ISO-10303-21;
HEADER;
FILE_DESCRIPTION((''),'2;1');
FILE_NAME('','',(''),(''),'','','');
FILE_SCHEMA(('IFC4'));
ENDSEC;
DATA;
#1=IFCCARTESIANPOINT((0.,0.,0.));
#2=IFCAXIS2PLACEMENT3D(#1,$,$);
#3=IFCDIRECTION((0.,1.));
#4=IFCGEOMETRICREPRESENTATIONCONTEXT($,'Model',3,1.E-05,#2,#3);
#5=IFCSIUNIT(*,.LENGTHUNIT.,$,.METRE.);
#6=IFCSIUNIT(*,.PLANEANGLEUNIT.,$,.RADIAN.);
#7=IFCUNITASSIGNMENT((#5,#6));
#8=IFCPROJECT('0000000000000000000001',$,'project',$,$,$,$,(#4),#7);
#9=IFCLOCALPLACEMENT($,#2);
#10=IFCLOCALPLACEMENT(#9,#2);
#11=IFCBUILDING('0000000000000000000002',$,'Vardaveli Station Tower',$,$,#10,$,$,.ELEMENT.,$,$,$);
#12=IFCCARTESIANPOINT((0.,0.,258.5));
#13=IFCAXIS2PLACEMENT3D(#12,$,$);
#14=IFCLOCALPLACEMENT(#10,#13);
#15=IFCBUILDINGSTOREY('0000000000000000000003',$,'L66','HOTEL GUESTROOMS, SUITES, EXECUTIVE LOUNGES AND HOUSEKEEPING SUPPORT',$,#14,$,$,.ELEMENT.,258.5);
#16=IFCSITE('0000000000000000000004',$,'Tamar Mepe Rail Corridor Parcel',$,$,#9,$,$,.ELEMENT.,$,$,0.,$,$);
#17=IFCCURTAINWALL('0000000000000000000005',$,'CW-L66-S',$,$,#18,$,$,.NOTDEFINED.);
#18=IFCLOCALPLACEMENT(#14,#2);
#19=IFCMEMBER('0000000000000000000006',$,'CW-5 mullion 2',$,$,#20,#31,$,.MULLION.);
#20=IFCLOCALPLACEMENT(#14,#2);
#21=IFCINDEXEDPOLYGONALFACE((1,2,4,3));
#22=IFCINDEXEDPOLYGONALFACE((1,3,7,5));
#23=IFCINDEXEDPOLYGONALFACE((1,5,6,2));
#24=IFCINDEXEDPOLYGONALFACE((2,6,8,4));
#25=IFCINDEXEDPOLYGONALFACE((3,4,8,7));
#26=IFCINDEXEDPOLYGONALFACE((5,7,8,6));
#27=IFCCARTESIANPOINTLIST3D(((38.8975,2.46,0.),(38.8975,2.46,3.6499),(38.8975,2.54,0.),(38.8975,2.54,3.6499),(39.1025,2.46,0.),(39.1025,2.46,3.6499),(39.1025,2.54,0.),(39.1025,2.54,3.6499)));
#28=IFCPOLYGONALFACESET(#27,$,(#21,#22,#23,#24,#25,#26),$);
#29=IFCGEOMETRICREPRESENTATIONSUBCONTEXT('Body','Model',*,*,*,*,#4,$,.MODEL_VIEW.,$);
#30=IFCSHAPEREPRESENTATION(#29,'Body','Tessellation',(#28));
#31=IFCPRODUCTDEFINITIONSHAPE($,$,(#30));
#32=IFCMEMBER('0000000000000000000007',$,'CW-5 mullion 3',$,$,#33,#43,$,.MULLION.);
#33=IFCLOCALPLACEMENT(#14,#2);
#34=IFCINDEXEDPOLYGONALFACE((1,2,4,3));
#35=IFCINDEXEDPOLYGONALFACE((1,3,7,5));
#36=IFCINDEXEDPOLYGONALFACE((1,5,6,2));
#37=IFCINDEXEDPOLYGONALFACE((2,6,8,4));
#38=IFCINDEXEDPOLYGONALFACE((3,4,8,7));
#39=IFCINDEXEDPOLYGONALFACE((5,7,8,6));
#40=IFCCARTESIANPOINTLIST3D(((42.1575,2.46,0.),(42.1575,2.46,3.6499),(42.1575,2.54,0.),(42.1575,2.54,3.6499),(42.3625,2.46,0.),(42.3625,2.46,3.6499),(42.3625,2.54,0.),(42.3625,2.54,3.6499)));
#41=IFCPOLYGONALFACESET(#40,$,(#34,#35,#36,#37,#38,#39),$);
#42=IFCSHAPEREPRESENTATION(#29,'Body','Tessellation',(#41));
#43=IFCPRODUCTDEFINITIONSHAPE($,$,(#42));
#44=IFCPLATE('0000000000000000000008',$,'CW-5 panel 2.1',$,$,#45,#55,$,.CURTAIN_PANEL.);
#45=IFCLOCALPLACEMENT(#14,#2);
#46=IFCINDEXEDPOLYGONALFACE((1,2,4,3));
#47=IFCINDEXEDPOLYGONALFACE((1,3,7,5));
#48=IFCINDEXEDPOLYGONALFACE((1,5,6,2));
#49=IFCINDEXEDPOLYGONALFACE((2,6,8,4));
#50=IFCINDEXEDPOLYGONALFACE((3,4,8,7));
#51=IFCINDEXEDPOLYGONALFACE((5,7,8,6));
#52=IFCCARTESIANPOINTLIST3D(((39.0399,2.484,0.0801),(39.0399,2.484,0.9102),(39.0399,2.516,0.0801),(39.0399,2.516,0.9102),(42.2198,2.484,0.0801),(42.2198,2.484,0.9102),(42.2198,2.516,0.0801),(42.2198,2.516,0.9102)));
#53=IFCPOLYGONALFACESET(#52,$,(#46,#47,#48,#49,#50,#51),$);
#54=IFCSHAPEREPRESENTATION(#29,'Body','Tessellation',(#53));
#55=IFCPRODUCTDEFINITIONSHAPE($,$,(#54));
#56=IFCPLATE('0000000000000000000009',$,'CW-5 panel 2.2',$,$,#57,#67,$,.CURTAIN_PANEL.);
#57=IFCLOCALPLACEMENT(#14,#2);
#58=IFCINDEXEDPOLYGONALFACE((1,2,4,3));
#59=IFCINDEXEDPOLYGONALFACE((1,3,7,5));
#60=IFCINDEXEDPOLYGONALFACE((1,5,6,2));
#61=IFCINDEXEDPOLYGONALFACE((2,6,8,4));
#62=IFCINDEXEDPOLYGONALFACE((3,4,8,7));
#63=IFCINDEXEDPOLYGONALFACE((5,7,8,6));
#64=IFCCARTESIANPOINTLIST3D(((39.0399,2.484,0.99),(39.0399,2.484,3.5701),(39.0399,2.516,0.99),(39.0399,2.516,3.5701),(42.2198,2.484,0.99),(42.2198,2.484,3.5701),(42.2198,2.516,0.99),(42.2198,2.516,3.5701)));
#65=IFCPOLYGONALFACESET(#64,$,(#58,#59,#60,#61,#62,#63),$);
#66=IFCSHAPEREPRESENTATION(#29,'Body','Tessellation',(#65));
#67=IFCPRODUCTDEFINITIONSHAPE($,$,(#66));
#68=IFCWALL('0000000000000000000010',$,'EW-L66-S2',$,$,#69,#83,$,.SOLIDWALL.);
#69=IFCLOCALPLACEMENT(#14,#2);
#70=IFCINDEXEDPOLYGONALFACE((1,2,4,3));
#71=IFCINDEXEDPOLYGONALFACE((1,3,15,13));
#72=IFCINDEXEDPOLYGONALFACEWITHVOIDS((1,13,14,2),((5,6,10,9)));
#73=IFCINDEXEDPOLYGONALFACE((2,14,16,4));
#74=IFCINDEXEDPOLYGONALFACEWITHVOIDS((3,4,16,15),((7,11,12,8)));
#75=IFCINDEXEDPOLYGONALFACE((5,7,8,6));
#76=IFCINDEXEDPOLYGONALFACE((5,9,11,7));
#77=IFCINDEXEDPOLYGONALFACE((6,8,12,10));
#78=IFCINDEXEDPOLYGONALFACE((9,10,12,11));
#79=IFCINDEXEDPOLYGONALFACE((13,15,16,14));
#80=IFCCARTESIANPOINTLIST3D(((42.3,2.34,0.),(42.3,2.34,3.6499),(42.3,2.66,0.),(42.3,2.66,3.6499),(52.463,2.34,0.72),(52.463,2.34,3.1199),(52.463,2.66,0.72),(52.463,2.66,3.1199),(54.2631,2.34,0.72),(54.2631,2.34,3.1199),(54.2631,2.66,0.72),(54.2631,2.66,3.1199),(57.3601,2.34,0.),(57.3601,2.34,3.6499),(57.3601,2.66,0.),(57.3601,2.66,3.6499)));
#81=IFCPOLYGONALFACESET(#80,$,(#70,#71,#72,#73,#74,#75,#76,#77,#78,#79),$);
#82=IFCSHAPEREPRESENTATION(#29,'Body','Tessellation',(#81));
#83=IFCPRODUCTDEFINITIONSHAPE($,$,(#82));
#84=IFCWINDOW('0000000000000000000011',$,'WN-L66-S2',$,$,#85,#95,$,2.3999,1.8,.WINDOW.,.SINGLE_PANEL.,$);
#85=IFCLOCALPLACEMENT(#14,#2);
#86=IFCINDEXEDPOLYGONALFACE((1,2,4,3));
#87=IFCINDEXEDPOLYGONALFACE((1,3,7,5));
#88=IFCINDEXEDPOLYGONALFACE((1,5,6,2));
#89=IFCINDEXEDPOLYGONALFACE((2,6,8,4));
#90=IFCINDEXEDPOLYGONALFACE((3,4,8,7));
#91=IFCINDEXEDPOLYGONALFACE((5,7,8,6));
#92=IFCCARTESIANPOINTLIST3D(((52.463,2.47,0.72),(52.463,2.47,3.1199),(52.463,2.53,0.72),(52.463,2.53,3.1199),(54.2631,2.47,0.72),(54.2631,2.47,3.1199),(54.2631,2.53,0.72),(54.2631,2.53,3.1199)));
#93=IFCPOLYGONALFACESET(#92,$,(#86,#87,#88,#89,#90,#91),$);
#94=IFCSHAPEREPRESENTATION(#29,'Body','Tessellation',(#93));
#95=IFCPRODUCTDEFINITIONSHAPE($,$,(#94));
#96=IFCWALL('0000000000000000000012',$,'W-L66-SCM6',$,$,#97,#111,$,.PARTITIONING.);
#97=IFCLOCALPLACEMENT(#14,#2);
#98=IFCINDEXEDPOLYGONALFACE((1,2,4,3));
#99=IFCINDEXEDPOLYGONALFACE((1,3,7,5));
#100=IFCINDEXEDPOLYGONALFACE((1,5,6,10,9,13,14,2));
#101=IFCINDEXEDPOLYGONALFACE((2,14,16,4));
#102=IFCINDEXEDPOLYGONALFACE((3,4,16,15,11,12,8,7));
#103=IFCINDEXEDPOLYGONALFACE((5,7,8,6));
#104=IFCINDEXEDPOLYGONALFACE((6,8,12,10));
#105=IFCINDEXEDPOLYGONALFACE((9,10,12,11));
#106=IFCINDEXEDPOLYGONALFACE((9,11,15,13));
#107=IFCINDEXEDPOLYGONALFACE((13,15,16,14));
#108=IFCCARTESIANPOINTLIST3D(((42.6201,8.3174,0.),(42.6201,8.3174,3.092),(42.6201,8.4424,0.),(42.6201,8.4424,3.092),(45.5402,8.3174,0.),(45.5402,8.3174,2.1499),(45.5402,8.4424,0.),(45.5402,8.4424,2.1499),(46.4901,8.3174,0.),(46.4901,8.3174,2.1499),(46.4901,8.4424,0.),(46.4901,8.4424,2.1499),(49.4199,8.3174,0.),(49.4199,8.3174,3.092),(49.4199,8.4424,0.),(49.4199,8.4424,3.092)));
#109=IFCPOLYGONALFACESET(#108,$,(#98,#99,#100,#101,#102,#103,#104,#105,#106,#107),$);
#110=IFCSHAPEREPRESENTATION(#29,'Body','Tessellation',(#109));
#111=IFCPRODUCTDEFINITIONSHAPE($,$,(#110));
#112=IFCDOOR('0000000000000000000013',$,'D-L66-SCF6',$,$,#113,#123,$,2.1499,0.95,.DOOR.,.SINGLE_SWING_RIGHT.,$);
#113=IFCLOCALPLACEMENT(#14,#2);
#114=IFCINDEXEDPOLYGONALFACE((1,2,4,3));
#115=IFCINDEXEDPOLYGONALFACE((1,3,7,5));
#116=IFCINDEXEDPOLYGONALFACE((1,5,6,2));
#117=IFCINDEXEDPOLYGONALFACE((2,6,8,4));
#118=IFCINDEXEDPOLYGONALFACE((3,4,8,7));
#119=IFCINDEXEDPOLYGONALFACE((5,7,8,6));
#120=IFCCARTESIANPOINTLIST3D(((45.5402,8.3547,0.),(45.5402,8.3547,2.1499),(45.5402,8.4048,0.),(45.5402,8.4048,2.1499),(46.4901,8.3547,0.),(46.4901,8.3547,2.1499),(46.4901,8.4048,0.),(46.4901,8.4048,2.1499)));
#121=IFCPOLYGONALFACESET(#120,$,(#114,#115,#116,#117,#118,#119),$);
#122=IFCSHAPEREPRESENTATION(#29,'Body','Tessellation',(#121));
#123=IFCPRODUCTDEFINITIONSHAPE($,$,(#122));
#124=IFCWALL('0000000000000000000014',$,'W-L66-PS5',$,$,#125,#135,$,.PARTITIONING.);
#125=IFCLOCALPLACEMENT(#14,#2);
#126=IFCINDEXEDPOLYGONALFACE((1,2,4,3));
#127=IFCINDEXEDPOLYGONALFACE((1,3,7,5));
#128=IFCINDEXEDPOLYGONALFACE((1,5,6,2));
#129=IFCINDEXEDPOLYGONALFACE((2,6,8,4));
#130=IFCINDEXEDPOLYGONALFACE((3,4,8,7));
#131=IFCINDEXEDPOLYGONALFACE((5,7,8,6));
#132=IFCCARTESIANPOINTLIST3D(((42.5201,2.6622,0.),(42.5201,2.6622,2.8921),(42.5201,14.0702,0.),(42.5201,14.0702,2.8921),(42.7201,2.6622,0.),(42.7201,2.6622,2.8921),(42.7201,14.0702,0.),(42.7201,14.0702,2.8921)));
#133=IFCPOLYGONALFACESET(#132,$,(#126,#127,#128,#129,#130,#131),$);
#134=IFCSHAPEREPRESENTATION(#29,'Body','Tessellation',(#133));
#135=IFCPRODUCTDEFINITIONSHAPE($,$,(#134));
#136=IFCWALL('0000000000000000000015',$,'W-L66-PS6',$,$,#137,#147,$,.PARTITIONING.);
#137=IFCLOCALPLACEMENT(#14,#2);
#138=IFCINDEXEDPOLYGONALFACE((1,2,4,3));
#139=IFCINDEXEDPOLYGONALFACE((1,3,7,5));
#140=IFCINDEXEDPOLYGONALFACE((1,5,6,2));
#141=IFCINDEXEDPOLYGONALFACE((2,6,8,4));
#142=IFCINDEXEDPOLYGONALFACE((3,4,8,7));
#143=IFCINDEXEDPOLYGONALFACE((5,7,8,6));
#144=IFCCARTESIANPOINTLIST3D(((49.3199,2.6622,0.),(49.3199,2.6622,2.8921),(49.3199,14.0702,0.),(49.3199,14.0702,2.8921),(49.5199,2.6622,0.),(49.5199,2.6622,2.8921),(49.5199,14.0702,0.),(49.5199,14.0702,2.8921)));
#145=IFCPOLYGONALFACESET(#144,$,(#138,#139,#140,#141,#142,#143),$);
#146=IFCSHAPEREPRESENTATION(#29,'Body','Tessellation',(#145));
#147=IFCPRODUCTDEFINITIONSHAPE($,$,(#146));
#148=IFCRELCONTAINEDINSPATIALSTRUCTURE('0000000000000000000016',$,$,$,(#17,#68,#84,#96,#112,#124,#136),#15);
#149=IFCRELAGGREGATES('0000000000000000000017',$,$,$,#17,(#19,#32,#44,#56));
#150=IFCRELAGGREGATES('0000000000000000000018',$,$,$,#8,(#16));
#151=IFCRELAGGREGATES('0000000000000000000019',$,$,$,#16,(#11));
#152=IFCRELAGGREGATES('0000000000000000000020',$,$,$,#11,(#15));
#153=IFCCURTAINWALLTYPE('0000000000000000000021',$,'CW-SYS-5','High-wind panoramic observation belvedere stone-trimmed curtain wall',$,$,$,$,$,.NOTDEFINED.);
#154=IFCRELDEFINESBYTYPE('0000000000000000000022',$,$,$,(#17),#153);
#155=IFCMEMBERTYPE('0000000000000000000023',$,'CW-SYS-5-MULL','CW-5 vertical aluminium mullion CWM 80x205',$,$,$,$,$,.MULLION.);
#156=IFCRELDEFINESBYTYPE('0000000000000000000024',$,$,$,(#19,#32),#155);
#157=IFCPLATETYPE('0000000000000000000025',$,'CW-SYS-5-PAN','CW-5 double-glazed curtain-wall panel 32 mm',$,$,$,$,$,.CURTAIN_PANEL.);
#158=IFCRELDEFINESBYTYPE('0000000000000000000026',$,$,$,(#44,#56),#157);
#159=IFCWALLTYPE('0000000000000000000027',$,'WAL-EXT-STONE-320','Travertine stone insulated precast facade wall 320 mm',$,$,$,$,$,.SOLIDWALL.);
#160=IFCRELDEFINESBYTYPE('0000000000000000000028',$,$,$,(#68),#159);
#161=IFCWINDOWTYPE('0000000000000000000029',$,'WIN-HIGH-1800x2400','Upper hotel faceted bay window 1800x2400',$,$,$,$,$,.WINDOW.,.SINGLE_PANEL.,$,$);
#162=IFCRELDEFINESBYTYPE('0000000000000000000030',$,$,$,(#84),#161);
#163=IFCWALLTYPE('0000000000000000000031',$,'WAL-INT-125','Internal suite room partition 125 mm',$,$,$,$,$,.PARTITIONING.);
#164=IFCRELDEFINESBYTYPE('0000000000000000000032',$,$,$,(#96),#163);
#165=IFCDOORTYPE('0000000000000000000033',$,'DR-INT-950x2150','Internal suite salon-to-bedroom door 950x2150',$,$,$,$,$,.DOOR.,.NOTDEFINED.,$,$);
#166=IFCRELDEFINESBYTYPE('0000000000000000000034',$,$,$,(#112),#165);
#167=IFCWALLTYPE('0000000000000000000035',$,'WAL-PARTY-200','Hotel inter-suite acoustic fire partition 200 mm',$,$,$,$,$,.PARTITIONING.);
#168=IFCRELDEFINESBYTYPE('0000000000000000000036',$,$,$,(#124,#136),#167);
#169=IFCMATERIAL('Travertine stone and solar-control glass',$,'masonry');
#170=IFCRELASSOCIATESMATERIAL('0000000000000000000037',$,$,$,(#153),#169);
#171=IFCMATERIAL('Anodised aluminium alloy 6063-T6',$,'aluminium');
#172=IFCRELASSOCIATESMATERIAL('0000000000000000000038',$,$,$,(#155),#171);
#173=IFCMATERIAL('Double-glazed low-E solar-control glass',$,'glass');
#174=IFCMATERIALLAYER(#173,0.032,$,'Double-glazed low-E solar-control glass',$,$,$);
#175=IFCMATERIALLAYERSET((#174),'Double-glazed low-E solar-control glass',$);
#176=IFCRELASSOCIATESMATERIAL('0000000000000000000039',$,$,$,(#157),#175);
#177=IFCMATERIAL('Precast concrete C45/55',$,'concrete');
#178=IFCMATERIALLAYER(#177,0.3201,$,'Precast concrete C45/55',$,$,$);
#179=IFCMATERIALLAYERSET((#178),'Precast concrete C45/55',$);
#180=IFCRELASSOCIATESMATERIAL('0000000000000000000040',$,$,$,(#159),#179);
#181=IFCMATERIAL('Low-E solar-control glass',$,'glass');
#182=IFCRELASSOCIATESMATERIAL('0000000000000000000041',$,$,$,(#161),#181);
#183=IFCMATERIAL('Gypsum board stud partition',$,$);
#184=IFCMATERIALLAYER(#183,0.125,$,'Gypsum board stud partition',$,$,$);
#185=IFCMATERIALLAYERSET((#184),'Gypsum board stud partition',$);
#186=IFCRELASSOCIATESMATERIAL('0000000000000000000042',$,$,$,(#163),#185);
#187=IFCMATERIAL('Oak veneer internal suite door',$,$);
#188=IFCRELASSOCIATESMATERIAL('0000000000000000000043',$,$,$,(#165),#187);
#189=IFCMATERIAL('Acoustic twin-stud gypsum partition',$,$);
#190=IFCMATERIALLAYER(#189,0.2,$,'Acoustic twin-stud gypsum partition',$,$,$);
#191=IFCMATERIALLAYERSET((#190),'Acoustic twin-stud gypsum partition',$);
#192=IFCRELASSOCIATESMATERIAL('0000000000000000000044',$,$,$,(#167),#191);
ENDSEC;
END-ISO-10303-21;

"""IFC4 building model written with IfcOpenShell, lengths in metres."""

from ifc_helpers import new_model, si_unit, direction, frame, frame_2d, origin, origin_2d, place, context, subcontext, project, spatial, rectangle, extrude, source, transform, mapped, material, layer, layer_set, material_profile, profile_set, type_object, element, fill, aggregate, save


model = new_model("IFC4")

# Units and contexts
model_context = context("Model", 3, precision=1e-05, world=origin(), true_north=direction((0.0, 1.0)))
body_context = subcontext(model_context, "Body", "Model", "MODEL_VIEW")
ifc_project = project(units=[si_unit("LENGTHUNIT", "METRE"), si_unit("PLANEANGLEUNIT", "RADIAN")], contexts=[model_context])

# Site, building, storey
site_placement = place(None, origin())
site = spatial("IfcSite", under=ifc_project, at=site_placement, Name="Tamar Mepe Rail Corridor Parcel", CompositionType="ELEMENT", RefElevation=0.0)
building_placement = place(site_placement, origin())
building = spatial("IfcBuilding", under=site, at=building_placement, Name="Vardaveli Station Tower", CompositionType="ELEMENT")
storey_placement = place(building_placement, frame((0.0, 0.0, 258.5)))
storey = spatial("IfcBuildingStorey", under=building, at=storey_placement, Name="L66", Description="HOTEL GUESTROOMS, SUITES, EXECUTIVE LOUNGES AND HOUSEKEEPING SUPPORT", CompositionType="ELEMENT", Elevation=258.5)

# Shared definitions
ifc_material_1 = material(Name="Precast concrete C45/55", Category="concrete")

# Curtain wall, members, plates
ifc_material_2 = material(Name="Travertine stone and solar-control glass", Category="masonry")
curtain_wall_type = type_object("IfcCurtainWallType", Name="CW-SYS-5", Description="High-wind panoramic observation belvedere stone-trimmed curtain wall", PredefinedType="NOTDEFINED", material=ifc_material_2)
curtain_wall_placement = place(storey_placement, origin())
curtain_wall = element("IfcCurtainWall", 1, at=curtain_wall_placement, inside=storey, type_object=curtain_wall_type, Name="CW-L66-S", PredefinedType="NOTDEFINED")
ifc_material_3 = material(Name="Anodised aluminium alloy 6063-T6", Category="aluminium")
ifc_material_profile_1 = material_profile(ifc_material_3, rectangle(XDim=0.0801, YDim=0.2051, at=origin_2d()), Name="CWM 80x205")
ifc_profile_set_1 = profile_set([ifc_material_profile_1], Name="Anodised aluminium alloy 6063-T6")
member_type_1 = type_object("IfcMemberType", Name="CW-SYS-5-MULL", Description="CW-5 vertical aluminium mullion CWM 80x205", PredefinedType="MULLION", material=ifc_profile_set_1)
shared_shape_1 = source(origin(), body_context, "Body", "SweptSolid", [
    extrude(rectangle(XDim=0.0801, YDim=0.2051, at=origin_2d()), origin(), (0.0, 0.0, 1.0), 3.6499),
])
member_1_placement = place(storey_placement, frame((39.0, 2.5, 0.0), z_axis=(0.0, 0.0, 1.0), x_axis=(0.0, 1.0, 0.0)))
member_1 = element("IfcMember", 2, at=member_1_placement, type_object=member_type_1, Name="CW-5 mullion 2", PredefinedType="MULLION", context=body_context, shape_type="MappedRepresentation", body=[
    mapped(shared_shape_1, transform((0.0, 0.0, 0.0), scale=1.0)),
])
member_2_placement = place(storey_placement, frame((42.26, 2.5, 0.0), z_axis=(0.0, 0.0, 1.0), x_axis=(0.0, 1.0, 0.0)))
member_2 = element("IfcMember", 3, at=member_2_placement, type_object=member_type_1, Name="CW-5 mullion 3", PredefinedType="MULLION", context=body_context, shape_type="MappedRepresentation", body=[
    mapped(shared_shape_1, transform((0.0, 0.0, 0.0), scale=1.0)),
])
ifc_material_4 = material(Name="Double-glazed low-E solar-control glass", Category="glass")
ifc_layer_1 = layer(ifc_material_4, 0.032, Name="Double-glazed low-E solar-control glass")
ifc_layer_set_1 = layer_set([ifc_layer_1], Name="Double-glazed low-E solar-control glass")
plate_type = type_object("IfcPlateType", Name="CW-SYS-5-PAN", Description="CW-5 double-glazed curtain-wall panel 32 mm", PredefinedType="CURTAIN_PANEL", material=ifc_layer_set_1)
shared_shape_2 = source(origin(), body_context, "Body", "SweptSolid", [
    extrude(rectangle(XDim=3.1799, YDim=0.032, at=origin_2d()), origin(), (0.0, 0.0, 1.0), 0.8301),
])
plate_1_placement = place(storey_placement, frame((40.6299, 2.5, 0.0801), z_axis=(0.0, 0.0, 1.0), x_axis=(1.0, 0.0, 0.0)))
plate_1 = element("IfcPlate", 4, at=plate_1_placement, type_object=plate_type, Name="CW-5 panel 2.1", PredefinedType="CURTAIN_PANEL", context=body_context, shape_type="MappedRepresentation", body=[
    mapped(shared_shape_2, transform((0.0, 0.0, 0.0), scale=1.0)),
])
shared_shape_3 = source(origin(), body_context, "Body", "SweptSolid", [
    extrude(rectangle(XDim=3.1799, YDim=0.032, at=origin_2d()), origin(), (0.0, 0.0, 1.0), 2.5801),
])
plate_2_placement = place(storey_placement, frame((40.6299, 2.5, 0.99), z_axis=(0.0, 0.0, 1.0), x_axis=(1.0, 0.0, 0.0)))
plate_2 = element("IfcPlate", 5, at=plate_2_placement, type_object=plate_type, Name="CW-5 panel 2.2", PredefinedType="CURTAIN_PANEL", context=body_context, shape_type="MappedRepresentation", body=[
    mapped(shared_shape_3, transform((0.0, 0.0, 0.0), scale=1.0)),
])
aggregate(curtain_wall, [member_1, member_2, plate_1, plate_2])

# Wall, opening, window
ifc_layer_2 = layer(ifc_material_1, 0.3201, Name="Precast concrete C45/55")
ifc_layer_set_2 = layer_set([ifc_layer_2], Name="Precast concrete C45/55")
wall_type_1 = type_object("IfcWallType", Name="WAL-EXT-STONE-320", Description="Travertine stone insulated precast facade wall 320 mm", PredefinedType="SOLIDWALL", material=ifc_layer_set_2)
shared_shape_4 = source(origin(), body_context, "Body", "SweptSolid", [
    extrude(rectangle(XDim=15.0601, YDim=0.3201, at=frame_2d((7.53, 0.0))), origin(), (0.0, 0.0, 1.0), 3.6499),
])
wall_1_placement = place(storey_placement, frame((42.3, 2.5, 0.0), z_axis=(0.0, 0.0, 1.0), x_axis=(1.0, 0.0, 0.0)))
wall_1 = element("IfcWall", 6, at=wall_1_placement, inside=storey, type_object=wall_type_1, Name="EW-L66-S2", PredefinedType="SOLIDWALL", context=body_context, shape_type="MappedRepresentation", body=[
    mapped(shared_shape_4, transform((0.0, 0.0, 0.0), scale=1.0)),
])
shared_shape_5 = source(origin(), body_context, "Body", "SweptSolid", [
    extrude(rectangle(XDim=1.8, YDim=2.3999, at=frame_2d((0.8999, 1.2))), frame((0.0, 0.1699, 0.0), z_axis=(0.0, -1.0, 0.0), x_axis=(1.0, 0.0, 0.0)), (0.0, 0.0, 1.0), 0.3401),
])
opening_1_placement = place(wall_1_placement, frame((10.1631, 0.0, 0.72)))
opening_1 = element("IfcOpeningElement", 7, at=opening_1_placement, cuts=wall_1, PredefinedType="OPENING", context=body_context, shape_type="MappedRepresentation", body=[
    mapped(shared_shape_5, transform((0.0, 0.0, 0.0), scale=1.0)),
])
ifc_material_5 = material(Name="Low-E solar-control glass", Category="glass")
window_type = type_object("IfcWindowType", Name="WIN-HIGH-1800x2400", Description="Upper hotel faceted bay window 1800x2400", PartitioningType="SINGLE_PANEL", PredefinedType="WINDOW", material=ifc_material_5)
shared_shape_6 = source(origin(), body_context, "Body", "SweptSolid", [
    extrude(rectangle(XDim=1.8, YDim=2.3999, at=frame_2d((0.8999, 1.2))), frame((0.0, 0.03, 0.0), z_axis=(0.0, -1.0, 0.0), x_axis=(1.0, 0.0, 0.0)), (0.0, 0.0, 1.0), 0.0601),
])
window_placement = place(opening_1_placement, origin())
window = element("IfcWindow", 8, at=window_placement, inside=storey, type_object=window_type, Name="WN-L66-S2", OverallHeight=2.3999, OverallWidth=1.8, PartitioningType="SINGLE_PANEL", PredefinedType="WINDOW", context=body_context, shape_type="MappedRepresentation", body=[
    mapped(shared_shape_6, transform((0.0, 0.0, 0.0), scale=1.0)),
])
fill(opening_1, window)

# Wall, opening, door
ifc_material_6 = material(Name="Gypsum board stud partition")
ifc_layer_3 = layer(ifc_material_6, 0.125, Name="Gypsum board stud partition")
ifc_layer_set_3 = layer_set([ifc_layer_3], Name="Gypsum board stud partition")
wall_type_2 = type_object("IfcWallType", Name="WAL-INT-125", Description="Internal suite room partition 125 mm", PredefinedType="PARTITIONING", material=ifc_layer_set_3)
shared_shape_7 = source(origin(), body_context, "Body", "SweptSolid", [
    extrude(rectangle(XDim=6.7998, YDim=0.125, at=frame_2d((3.3999, 0.0))), origin(), (0.0, 0.0, 1.0), 3.092),
])
wall_2_placement = place(storey_placement, frame((42.6201, 8.3799, 0.0), z_axis=(0.0, 0.0, 1.0), x_axis=(1.0, 0.0, 0.0)))
wall_2 = element("IfcWall", 9, at=wall_2_placement, inside=storey, type_object=wall_type_2, Name="W-L66-SCM6", PredefinedType="PARTITIONING", context=body_context, shape_type="MappedRepresentation", body=[
    mapped(shared_shape_7, transform((0.0, 0.0, 0.0), scale=1.0)),
])
shared_shape_8 = source(origin(), body_context, "Body", "SweptSolid", [
    extrude(rectangle(XDim=0.95, YDim=2.1499, at=frame_2d((0.4751, 1.075))), frame((0.0, 0.0725, 0.0), z_axis=(0.0, -1.0, 0.0), x_axis=(1.0, 0.0, 0.0)), (0.0, 0.0, 1.0), 0.145),
])
opening_2_placement = place(wall_2_placement, frame((2.9199, 0.0, 0.0)))
opening_2 = element("IfcOpeningElement", 10, at=opening_2_placement, cuts=wall_2, PredefinedType="OPENING", context=body_context, shape_type="MappedRepresentation", body=[
    mapped(shared_shape_8, transform((0.0, 0.0, 0.0), scale=1.0)),
])
ifc_material_7 = material(Name="Oak veneer internal suite door")
door_type = type_object("IfcDoorType", Name="DR-INT-950x2150", Description="Internal suite salon-to-bedroom door 950x2150", OperationType="NOTDEFINED", PredefinedType="DOOR", material=ifc_material_7)
shared_shape_9 = source(origin(), body_context, "Body", "SweptSolid", [
    extrude(rectangle(XDim=0.95, YDim=2.1499, at=frame_2d((0.4751, 1.075))), frame((0.0, 0.0249, 0.0), z_axis=(0.0, -1.0, 0.0), x_axis=(1.0, 0.0, 0.0)), (0.0, 0.0, 1.0), 0.05),
])
door_placement = place(opening_2_placement, origin())
door = element("IfcDoor", 11, at=door_placement, inside=storey, type_object=door_type, Name="D-L66-SCF6", OperationType="SINGLE_SWING_RIGHT", OverallHeight=2.1499, OverallWidth=0.95, PredefinedType="DOOR", context=body_context, shape_type="MappedRepresentation", body=[
    mapped(shared_shape_9, transform((0.0, 0.0, 0.0), scale=1.0)),
])
fill(opening_2, door)

# Walls
ifc_material_8 = material(Name="Acoustic twin-stud gypsum partition")
ifc_layer_4 = layer(ifc_material_8, 0.2, Name="Acoustic twin-stud gypsum partition")
ifc_layer_set_4 = layer_set([ifc_layer_4], Name="Acoustic twin-stud gypsum partition")
wall_type_3 = type_object("IfcWallType", Name="WAL-PARTY-200", Description="Hotel inter-suite acoustic fire partition 200 mm", PredefinedType="PARTITIONING", material=ifc_layer_set_4)
shared_shape_10 = source(origin(), body_context, "Body", "SweptSolid", [
    extrude(rectangle(XDim=11.408, YDim=0.2, at=frame_2d((5.7041, 0.0))), origin(), (0.0, 0.0, 1.0), 2.8921),
])
for number, where, z_axis, x_axis, name in (
    (12, (42.6201, 2.6621, 0.0), (0.0, 0.0, 1.0), (0.0, 1.0, 0.0), "W-L66-PS5"),
    (13, (49.4199, 2.6621, 0.0), (0.0, 0.0, 1.0), (0.0, 1.0, 0.0), "W-L66-PS6"),
):
    element("IfcWall", number, at=place(storey_placement, frame(where, z_axis=z_axis, x_axis=x_axis)), inside=storey, type_object=wall_type_3, Name=name, PredefinedType="PARTITIONING", context=body_context, shape_type="MappedRepresentation", body=[
        mapped(shared_shape_10, transform((0.0, 0.0, 0.0), scale=1.0)),
    ])

save(model, "model.ifc")
